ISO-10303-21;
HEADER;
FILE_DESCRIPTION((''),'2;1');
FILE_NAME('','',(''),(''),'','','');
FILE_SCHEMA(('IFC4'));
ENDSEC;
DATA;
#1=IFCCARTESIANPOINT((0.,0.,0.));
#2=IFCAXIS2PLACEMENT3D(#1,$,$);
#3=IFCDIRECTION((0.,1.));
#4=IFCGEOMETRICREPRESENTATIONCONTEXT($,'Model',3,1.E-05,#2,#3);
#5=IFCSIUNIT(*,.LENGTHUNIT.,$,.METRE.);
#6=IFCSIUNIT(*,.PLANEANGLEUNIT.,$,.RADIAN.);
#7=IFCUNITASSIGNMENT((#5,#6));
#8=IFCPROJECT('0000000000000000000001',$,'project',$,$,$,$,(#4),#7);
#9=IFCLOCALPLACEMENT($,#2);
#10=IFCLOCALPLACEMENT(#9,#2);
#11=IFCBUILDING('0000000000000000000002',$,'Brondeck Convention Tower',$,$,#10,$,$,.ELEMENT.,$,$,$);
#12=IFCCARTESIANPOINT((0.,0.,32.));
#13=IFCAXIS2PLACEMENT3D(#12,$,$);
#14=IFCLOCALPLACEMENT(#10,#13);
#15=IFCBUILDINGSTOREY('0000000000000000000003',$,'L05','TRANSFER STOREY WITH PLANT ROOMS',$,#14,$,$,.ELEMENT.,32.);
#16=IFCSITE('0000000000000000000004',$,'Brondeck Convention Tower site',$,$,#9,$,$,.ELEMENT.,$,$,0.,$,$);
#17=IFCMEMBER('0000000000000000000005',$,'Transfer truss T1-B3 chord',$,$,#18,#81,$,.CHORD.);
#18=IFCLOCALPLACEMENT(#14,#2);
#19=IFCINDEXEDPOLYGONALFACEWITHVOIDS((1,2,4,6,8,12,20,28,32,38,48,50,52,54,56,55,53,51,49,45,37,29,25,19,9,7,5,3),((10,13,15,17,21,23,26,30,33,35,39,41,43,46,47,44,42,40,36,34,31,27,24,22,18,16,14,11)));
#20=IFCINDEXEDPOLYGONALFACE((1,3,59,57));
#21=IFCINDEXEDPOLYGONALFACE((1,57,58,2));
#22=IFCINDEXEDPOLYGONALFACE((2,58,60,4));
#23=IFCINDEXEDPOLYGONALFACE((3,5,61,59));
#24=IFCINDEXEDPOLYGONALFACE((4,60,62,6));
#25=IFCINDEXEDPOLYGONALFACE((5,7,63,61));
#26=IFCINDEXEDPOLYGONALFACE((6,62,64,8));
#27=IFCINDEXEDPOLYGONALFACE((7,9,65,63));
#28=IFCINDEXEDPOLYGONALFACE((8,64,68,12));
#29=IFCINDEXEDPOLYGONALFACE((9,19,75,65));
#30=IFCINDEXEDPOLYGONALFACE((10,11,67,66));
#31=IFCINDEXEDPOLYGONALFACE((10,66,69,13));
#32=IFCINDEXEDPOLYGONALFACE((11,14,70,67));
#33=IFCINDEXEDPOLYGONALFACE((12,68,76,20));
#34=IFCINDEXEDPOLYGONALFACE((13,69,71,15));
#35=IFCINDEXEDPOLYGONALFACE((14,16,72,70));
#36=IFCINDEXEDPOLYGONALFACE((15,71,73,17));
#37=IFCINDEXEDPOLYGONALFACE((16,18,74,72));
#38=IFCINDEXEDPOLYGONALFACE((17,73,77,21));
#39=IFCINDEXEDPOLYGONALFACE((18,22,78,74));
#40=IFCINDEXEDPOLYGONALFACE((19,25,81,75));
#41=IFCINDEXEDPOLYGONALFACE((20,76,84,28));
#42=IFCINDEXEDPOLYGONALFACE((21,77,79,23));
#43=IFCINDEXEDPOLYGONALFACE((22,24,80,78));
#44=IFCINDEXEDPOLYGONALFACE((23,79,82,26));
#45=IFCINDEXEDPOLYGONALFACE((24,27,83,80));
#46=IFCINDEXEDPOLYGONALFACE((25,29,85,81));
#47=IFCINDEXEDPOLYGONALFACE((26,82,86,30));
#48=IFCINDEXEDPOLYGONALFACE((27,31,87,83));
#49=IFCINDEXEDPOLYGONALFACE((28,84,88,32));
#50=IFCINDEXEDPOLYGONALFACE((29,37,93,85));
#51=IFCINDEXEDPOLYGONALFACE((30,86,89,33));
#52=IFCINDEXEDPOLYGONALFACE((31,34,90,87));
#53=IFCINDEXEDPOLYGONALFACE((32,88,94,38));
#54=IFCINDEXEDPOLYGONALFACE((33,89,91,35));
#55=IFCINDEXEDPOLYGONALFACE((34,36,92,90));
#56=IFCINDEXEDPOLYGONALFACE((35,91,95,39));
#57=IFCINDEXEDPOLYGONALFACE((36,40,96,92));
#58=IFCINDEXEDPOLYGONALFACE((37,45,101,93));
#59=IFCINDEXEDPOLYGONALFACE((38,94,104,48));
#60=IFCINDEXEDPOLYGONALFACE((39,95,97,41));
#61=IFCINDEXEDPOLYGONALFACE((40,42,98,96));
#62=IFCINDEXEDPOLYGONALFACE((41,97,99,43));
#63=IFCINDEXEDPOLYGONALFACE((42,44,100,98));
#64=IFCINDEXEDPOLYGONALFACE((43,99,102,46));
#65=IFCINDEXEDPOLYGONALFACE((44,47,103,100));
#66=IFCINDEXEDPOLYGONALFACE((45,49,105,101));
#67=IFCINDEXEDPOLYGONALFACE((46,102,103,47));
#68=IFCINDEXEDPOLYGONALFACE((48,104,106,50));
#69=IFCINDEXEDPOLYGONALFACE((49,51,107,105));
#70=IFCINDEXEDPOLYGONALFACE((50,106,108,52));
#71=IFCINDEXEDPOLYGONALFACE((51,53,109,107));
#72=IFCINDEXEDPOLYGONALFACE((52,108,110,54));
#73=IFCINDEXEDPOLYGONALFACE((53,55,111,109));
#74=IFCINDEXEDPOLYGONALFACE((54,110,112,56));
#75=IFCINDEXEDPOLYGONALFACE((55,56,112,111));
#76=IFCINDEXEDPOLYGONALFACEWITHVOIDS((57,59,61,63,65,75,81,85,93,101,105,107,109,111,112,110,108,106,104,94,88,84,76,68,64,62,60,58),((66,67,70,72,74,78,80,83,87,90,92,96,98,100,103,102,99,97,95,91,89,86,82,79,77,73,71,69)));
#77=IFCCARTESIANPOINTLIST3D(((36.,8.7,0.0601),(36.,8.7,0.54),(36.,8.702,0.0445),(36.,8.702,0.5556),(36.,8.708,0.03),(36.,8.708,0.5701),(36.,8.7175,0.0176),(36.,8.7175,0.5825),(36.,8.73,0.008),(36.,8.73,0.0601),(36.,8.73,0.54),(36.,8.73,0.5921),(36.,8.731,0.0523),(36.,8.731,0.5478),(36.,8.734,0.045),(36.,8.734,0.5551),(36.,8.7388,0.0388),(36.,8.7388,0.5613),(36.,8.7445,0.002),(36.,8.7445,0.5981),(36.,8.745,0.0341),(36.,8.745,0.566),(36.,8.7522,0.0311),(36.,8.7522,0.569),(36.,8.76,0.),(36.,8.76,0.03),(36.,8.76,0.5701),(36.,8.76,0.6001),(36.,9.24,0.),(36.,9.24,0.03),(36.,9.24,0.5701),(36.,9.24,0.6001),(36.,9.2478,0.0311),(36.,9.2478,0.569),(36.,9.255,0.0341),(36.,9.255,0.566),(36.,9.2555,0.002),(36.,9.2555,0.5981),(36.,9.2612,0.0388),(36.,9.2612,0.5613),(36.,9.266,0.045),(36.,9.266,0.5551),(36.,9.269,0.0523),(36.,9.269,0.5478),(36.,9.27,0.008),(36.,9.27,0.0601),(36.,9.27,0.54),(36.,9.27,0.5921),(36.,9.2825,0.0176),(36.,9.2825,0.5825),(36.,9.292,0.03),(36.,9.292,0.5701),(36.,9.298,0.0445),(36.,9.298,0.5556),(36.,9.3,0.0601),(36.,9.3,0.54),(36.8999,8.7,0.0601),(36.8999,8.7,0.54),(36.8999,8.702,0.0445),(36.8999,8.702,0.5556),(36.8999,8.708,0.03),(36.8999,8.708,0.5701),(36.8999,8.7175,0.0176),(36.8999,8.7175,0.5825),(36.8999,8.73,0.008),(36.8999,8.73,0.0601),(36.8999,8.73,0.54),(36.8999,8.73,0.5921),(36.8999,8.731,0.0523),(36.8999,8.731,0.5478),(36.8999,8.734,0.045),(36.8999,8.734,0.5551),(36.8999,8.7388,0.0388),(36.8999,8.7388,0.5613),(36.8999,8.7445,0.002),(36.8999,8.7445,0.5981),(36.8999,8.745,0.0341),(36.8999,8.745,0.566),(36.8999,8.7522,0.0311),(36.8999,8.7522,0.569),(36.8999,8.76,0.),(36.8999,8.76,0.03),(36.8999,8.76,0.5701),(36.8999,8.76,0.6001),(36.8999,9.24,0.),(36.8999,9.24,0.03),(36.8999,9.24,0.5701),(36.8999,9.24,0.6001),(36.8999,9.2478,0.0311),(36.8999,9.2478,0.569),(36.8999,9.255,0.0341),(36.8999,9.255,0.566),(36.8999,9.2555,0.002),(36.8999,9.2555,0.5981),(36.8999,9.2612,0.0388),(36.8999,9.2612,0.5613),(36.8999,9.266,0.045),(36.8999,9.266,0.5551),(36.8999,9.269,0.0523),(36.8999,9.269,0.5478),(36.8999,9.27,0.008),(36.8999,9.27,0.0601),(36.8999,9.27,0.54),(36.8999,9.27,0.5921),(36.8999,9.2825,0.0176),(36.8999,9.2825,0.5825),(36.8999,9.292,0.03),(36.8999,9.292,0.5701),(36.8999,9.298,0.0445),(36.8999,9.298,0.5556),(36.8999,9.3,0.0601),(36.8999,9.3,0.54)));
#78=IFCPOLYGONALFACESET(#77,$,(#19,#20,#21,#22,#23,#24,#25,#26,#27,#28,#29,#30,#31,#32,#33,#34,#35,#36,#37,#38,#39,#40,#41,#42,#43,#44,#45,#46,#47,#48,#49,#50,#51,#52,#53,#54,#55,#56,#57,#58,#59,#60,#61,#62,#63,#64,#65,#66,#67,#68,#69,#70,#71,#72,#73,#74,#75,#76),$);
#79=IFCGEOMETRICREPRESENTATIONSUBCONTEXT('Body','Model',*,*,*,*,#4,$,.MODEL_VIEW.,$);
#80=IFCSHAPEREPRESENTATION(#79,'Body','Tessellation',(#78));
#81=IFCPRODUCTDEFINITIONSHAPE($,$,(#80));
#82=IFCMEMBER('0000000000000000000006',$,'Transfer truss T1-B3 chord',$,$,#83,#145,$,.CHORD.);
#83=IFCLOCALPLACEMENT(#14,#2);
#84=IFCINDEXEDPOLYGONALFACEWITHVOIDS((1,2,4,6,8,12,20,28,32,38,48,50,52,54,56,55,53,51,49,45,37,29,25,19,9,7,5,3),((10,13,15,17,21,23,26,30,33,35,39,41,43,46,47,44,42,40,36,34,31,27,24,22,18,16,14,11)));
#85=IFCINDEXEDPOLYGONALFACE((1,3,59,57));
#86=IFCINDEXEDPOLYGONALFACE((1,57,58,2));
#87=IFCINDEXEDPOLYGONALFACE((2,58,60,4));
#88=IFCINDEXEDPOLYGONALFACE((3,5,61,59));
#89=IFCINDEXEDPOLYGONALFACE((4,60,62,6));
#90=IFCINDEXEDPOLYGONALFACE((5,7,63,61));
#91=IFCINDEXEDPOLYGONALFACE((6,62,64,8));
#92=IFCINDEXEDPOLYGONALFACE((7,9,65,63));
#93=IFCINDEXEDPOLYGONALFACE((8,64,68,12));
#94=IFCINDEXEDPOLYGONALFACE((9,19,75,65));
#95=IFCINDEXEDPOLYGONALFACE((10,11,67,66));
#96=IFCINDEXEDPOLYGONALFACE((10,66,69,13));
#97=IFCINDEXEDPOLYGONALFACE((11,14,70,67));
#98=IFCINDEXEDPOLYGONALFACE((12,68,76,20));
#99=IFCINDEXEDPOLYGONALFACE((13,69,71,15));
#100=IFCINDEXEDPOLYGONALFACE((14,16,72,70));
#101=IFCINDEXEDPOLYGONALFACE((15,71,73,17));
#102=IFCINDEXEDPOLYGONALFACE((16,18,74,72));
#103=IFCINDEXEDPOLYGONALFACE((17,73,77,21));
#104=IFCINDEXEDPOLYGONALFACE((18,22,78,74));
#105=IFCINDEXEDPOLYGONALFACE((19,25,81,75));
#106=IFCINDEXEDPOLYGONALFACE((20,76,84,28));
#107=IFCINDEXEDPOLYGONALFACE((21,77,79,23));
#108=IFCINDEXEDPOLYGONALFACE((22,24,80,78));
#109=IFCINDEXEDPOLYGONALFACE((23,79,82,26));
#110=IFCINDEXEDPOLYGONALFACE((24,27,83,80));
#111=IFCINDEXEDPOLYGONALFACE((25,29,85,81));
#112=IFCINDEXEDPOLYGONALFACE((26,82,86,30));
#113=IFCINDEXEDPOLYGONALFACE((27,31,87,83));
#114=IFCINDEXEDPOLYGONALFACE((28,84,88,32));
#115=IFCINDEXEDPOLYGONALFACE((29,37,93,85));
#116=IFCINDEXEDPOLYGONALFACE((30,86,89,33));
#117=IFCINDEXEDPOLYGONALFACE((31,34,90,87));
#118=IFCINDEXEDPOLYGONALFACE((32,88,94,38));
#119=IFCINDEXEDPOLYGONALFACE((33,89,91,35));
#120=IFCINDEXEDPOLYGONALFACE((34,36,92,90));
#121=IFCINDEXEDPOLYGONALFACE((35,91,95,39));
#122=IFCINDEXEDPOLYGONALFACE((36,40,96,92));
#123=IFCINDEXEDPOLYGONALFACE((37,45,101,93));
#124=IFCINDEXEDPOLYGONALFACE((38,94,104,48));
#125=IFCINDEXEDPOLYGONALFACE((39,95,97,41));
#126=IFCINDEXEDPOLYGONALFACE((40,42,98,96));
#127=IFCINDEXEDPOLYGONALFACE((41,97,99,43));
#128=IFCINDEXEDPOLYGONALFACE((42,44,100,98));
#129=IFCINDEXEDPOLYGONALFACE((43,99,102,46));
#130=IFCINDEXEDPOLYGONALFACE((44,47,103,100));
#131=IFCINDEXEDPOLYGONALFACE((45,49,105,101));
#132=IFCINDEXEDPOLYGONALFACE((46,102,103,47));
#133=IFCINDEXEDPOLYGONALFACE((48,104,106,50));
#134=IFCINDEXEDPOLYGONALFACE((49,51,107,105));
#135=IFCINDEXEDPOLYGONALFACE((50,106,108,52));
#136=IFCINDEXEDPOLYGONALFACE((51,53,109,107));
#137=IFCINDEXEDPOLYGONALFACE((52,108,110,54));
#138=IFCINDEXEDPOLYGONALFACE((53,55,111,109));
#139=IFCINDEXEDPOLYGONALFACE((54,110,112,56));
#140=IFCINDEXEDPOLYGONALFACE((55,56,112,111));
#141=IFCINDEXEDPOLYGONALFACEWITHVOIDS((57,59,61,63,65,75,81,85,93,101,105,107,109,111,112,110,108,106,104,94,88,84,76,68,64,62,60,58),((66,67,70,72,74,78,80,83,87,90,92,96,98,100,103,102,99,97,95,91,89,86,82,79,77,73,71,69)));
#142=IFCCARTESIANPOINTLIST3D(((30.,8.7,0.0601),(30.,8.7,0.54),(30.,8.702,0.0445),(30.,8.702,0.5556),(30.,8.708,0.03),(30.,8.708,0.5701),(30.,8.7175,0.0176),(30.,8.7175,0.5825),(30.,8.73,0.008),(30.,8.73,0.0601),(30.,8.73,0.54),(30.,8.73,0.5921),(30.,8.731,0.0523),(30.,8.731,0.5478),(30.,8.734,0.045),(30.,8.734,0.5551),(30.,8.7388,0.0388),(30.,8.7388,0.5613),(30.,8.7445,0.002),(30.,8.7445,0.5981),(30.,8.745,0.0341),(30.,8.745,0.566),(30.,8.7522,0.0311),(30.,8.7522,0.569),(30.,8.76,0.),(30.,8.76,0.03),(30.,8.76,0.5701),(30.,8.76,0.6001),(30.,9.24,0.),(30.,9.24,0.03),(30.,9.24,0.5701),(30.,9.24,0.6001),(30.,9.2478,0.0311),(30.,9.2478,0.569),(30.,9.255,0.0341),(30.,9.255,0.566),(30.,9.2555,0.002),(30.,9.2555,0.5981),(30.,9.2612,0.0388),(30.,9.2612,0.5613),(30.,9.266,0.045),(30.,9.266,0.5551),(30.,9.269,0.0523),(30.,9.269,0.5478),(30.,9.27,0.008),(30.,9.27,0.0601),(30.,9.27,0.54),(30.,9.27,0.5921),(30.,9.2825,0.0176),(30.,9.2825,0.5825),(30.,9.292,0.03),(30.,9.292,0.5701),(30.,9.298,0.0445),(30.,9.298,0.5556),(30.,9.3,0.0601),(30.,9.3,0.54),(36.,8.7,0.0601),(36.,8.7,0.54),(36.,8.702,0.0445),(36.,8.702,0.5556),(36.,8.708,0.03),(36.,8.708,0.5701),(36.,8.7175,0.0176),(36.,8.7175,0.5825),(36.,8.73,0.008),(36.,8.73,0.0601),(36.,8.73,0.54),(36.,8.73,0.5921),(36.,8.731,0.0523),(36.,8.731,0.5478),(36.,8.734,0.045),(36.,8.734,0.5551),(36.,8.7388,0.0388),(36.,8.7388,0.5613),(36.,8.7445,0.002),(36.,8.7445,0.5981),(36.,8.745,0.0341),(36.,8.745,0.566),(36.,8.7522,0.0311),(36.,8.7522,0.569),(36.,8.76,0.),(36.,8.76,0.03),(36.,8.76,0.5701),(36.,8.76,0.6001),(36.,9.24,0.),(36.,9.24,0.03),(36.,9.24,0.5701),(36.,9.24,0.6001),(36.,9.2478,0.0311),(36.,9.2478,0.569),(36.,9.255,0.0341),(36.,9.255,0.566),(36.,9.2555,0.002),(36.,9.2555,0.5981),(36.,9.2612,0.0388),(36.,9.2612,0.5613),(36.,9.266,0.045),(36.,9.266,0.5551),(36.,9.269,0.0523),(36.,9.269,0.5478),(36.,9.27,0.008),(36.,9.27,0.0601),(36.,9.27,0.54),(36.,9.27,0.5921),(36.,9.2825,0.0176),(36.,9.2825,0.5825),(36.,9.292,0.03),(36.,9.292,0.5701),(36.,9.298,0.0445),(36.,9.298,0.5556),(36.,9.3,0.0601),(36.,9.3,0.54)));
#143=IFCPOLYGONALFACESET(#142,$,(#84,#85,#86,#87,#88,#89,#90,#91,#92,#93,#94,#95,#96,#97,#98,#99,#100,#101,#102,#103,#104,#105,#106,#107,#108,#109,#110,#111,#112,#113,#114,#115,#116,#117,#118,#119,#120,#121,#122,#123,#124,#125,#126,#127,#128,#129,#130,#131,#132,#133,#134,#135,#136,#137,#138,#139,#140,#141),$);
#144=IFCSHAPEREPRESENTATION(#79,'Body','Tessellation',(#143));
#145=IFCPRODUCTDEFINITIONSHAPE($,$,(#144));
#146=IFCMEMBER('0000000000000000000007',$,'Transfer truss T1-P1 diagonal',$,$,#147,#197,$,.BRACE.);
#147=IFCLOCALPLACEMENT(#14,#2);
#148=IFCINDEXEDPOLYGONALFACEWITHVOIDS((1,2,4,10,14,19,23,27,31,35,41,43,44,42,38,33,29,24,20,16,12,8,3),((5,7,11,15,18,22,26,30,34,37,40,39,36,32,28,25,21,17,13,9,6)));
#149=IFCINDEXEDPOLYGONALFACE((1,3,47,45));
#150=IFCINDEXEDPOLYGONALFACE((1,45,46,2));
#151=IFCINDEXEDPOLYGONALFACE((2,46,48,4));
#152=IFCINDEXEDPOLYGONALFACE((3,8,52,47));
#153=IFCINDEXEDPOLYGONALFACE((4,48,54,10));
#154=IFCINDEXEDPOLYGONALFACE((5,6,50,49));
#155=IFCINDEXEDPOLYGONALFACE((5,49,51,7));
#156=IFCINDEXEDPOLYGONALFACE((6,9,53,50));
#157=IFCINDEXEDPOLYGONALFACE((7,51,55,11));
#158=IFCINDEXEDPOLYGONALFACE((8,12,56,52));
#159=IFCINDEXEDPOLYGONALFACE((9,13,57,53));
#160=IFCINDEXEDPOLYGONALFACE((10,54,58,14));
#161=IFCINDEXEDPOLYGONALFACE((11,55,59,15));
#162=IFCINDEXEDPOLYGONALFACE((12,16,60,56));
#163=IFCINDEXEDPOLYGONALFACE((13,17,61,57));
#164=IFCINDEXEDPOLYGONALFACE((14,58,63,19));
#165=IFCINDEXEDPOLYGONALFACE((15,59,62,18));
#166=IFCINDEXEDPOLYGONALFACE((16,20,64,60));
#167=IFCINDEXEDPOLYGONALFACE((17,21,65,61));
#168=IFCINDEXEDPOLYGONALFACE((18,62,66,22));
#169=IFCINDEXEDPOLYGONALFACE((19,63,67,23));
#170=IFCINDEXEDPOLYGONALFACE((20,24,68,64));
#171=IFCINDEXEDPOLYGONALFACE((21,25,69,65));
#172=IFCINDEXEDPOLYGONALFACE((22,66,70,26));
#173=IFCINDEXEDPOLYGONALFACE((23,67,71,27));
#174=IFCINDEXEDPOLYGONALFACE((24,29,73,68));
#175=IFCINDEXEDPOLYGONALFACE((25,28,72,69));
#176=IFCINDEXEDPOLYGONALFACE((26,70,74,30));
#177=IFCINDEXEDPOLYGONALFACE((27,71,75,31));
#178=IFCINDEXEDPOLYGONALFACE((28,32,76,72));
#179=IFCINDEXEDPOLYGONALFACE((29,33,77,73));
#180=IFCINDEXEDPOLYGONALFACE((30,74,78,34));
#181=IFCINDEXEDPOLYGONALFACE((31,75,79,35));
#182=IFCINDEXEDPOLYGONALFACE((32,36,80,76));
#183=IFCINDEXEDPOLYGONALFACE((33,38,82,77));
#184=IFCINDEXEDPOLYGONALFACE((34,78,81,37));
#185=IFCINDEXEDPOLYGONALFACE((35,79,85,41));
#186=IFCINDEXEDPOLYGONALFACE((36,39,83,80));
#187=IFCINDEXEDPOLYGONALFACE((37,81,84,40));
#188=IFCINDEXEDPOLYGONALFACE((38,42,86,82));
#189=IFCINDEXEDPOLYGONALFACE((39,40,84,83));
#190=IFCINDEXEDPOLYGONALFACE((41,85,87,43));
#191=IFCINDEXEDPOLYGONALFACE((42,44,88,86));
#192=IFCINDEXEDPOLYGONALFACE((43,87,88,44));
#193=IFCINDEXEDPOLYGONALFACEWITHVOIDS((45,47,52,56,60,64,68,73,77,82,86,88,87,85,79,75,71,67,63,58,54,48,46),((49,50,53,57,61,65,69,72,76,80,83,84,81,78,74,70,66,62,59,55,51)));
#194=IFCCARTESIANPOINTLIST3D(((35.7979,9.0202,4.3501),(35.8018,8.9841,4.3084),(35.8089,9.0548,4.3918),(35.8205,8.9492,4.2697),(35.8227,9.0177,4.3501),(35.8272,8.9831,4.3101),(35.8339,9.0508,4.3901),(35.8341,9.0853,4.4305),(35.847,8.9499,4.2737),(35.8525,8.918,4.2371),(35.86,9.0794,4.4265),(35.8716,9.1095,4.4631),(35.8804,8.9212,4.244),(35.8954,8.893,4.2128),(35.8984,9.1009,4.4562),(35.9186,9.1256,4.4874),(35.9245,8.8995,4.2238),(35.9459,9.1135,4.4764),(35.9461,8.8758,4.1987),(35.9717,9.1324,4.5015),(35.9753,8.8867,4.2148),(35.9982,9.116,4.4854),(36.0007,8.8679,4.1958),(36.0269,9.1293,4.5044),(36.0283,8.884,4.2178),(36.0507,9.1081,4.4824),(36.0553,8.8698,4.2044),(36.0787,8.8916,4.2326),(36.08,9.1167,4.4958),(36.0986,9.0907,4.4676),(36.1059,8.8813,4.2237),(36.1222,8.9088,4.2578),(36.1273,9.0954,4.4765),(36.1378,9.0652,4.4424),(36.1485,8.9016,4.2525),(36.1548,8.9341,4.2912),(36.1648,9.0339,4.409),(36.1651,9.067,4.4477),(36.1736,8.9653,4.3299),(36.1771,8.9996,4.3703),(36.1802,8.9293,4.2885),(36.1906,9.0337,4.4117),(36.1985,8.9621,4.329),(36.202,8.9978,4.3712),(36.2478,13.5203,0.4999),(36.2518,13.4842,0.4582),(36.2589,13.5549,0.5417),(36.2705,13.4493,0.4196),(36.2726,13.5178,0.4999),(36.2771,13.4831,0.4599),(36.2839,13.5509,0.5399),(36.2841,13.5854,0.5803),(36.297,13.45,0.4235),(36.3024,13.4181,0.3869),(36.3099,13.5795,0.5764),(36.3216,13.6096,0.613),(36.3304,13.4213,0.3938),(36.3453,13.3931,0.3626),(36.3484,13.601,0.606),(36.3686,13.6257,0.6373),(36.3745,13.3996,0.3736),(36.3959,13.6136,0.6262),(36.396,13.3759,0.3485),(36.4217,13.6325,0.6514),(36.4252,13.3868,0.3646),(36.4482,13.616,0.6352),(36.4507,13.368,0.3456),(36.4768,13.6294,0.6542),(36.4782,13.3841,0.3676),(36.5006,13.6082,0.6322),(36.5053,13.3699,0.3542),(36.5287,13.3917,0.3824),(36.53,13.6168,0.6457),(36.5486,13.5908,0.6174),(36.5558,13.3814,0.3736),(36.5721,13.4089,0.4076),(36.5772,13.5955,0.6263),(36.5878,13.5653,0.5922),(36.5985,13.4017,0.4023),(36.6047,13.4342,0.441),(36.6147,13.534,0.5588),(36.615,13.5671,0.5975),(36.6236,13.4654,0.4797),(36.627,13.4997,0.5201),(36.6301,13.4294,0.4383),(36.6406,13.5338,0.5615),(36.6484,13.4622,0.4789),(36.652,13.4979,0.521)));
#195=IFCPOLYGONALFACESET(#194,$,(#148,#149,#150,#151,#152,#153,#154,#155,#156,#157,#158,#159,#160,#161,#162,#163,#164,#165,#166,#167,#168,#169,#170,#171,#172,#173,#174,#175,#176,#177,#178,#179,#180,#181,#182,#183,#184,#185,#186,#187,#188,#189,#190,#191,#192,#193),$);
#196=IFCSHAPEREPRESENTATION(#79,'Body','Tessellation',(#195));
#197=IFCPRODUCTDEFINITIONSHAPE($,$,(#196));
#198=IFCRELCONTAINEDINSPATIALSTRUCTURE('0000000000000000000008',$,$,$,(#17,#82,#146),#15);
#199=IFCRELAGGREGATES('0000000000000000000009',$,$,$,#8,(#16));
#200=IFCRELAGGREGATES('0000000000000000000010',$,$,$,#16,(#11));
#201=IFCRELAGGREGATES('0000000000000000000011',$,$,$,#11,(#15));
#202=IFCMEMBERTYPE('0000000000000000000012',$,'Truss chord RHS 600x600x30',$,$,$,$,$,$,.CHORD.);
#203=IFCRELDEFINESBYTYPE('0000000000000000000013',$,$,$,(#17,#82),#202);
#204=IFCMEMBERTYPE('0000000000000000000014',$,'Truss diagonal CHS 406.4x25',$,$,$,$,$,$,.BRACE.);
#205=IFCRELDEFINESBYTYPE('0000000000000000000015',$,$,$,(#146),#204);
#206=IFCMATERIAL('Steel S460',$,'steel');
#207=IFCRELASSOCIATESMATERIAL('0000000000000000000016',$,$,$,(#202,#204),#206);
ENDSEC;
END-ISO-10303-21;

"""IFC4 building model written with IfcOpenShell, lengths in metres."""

from ifc_helpers import new_model, si_unit, direction, frame, origin, origin_2d, place, context, subcontext, project, spatial, hollow_rectangle, hollow_circle, extrude, material, material_profile, profile_set, type_object, element, save


model = new_model("IFC4")

# Units and contexts
model_context = context("Model", 3, precision=1e-05, world=origin(), true_north=direction((0.0, 1.0)))
body_context = subcontext(model_context, "Body", "Model", "MODEL_VIEW")
ifc_project = project(units=[si_unit("LENGTHUNIT", "METRE"), si_unit("PLANEANGLEUNIT", "RADIAN")], contexts=[model_context])

# Site, building, storey
site_placement = place(None, origin())
site = spatial("IfcSite", under=ifc_project, at=site_placement, Name="Brondeck Convention Tower site", CompositionType="ELEMENT", RefElevation=0.0)
building_placement = place(site_placement, origin())
building = spatial("IfcBuilding", under=site, at=building_placement, Name="Brondeck Convention Tower", CompositionType="ELEMENT")
storey_placement = place(building_placement, frame((0.0, 0.0, 32.0)))
storey = spatial("IfcBuildingStorey", under=building, at=storey_placement, Name="L05", Description="TRANSFER STOREY WITH PLANT ROOMS", CompositionType="ELEMENT", Elevation=32.0)

# Shared definitions
ifc_material_1 = material(Name="Steel S460", Category="steel")

# Members
ifc_material_profile_1 = material_profile(ifc_material_1, hollow_rectangle(XDim=0.6001, YDim=0.6001, WallThickness=0.03, InnerFilletRadius=0.03, OuterFilletRadius=0.0601, at=origin_2d()), Name="RHS 600x600x30")
ifc_profile_set_1 = profile_set([ifc_material_profile_1], Name="Steel S460")
member_type_1 = type_object("IfcMemberType", Name="Truss chord RHS 600x600x30", PredefinedType="CHORD", material=ifc_profile_set_1)
member_1_placement = place(storey_placement, frame((36.8999, 9.0, 0.3), z_axis=(-1.0, 0.0, 0.0), x_axis=(0.0, -1.0, 0.0)))
element("IfcMember", 1, at=member_1_placement, inside=storey, type_object=member_type_1, Name="Transfer truss T1-B3 chord", PredefinedType="CHORD", context=body_context, shape_type="SweptSolid", body=[
    extrude(hollow_rectangle(XDim=0.6001, YDim=0.6001, WallThickness=0.03, InnerFilletRadius=0.03, OuterFilletRadius=0.0601, at=origin_2d()), origin(), (0.0, 0.0, 1.0), 0.8999),
])
member_2_placement = place(storey_placement, frame((36.0, 9.0, 0.3), z_axis=(-1.0, 0.0, 0.0), x_axis=(0.0, -1.0, 0.0)))
element("IfcMember", 2, at=member_2_placement, inside=storey, type_object=member_type_1, Name="Transfer truss T1-B3 chord", PredefinedType="CHORD", context=body_context, shape_type="SweptSolid", body=[
    extrude(hollow_rectangle(XDim=0.6001, YDim=0.6001, WallThickness=0.03, InnerFilletRadius=0.03, OuterFilletRadius=0.0601, at=origin_2d()), origin(), (0.0, 0.0, 1.0), 6.0),
])
ifc_material_profile_2 = material_profile(ifc_material_1, hollow_circle(Radius=0.2031, WallThickness=0.0249, at=origin_2d()), Name="CHS 406.4x25")
ifc_profile_set_2 = profile_set([ifc_material_profile_2], Name="Steel S460")
member_type_2 = type_object("IfcMemberType", Name="Truss diagonal CHS 406.4x25", PredefinedType="BRACE", material=ifc_profile_set_2)
for number, where, z_axis, x_axis, name in (
    (3, (36.0, 9.0, 4.3501), (0.075758, 0.75766, -0.648237), (-0.995038, 0.099493, 0.0), "Transfer truss T1-P1 diagonal"),
):
    element("IfcMember", number, at=place(storey_placement, frame(where, z_axis=z_axis, x_axis=x_axis)), inside=storey, type_object=member_type_2, Name=name, PredefinedType="BRACE", context=body_context, shape_type="SweptSolid", body=[
        extrude(hollow_circle(Radius=0.2031, WallThickness=0.0249, at=origin_2d()), origin(), (0.0, 0.0, 1.0), 5.9395),
    ])

save(model, "model.ifc")
